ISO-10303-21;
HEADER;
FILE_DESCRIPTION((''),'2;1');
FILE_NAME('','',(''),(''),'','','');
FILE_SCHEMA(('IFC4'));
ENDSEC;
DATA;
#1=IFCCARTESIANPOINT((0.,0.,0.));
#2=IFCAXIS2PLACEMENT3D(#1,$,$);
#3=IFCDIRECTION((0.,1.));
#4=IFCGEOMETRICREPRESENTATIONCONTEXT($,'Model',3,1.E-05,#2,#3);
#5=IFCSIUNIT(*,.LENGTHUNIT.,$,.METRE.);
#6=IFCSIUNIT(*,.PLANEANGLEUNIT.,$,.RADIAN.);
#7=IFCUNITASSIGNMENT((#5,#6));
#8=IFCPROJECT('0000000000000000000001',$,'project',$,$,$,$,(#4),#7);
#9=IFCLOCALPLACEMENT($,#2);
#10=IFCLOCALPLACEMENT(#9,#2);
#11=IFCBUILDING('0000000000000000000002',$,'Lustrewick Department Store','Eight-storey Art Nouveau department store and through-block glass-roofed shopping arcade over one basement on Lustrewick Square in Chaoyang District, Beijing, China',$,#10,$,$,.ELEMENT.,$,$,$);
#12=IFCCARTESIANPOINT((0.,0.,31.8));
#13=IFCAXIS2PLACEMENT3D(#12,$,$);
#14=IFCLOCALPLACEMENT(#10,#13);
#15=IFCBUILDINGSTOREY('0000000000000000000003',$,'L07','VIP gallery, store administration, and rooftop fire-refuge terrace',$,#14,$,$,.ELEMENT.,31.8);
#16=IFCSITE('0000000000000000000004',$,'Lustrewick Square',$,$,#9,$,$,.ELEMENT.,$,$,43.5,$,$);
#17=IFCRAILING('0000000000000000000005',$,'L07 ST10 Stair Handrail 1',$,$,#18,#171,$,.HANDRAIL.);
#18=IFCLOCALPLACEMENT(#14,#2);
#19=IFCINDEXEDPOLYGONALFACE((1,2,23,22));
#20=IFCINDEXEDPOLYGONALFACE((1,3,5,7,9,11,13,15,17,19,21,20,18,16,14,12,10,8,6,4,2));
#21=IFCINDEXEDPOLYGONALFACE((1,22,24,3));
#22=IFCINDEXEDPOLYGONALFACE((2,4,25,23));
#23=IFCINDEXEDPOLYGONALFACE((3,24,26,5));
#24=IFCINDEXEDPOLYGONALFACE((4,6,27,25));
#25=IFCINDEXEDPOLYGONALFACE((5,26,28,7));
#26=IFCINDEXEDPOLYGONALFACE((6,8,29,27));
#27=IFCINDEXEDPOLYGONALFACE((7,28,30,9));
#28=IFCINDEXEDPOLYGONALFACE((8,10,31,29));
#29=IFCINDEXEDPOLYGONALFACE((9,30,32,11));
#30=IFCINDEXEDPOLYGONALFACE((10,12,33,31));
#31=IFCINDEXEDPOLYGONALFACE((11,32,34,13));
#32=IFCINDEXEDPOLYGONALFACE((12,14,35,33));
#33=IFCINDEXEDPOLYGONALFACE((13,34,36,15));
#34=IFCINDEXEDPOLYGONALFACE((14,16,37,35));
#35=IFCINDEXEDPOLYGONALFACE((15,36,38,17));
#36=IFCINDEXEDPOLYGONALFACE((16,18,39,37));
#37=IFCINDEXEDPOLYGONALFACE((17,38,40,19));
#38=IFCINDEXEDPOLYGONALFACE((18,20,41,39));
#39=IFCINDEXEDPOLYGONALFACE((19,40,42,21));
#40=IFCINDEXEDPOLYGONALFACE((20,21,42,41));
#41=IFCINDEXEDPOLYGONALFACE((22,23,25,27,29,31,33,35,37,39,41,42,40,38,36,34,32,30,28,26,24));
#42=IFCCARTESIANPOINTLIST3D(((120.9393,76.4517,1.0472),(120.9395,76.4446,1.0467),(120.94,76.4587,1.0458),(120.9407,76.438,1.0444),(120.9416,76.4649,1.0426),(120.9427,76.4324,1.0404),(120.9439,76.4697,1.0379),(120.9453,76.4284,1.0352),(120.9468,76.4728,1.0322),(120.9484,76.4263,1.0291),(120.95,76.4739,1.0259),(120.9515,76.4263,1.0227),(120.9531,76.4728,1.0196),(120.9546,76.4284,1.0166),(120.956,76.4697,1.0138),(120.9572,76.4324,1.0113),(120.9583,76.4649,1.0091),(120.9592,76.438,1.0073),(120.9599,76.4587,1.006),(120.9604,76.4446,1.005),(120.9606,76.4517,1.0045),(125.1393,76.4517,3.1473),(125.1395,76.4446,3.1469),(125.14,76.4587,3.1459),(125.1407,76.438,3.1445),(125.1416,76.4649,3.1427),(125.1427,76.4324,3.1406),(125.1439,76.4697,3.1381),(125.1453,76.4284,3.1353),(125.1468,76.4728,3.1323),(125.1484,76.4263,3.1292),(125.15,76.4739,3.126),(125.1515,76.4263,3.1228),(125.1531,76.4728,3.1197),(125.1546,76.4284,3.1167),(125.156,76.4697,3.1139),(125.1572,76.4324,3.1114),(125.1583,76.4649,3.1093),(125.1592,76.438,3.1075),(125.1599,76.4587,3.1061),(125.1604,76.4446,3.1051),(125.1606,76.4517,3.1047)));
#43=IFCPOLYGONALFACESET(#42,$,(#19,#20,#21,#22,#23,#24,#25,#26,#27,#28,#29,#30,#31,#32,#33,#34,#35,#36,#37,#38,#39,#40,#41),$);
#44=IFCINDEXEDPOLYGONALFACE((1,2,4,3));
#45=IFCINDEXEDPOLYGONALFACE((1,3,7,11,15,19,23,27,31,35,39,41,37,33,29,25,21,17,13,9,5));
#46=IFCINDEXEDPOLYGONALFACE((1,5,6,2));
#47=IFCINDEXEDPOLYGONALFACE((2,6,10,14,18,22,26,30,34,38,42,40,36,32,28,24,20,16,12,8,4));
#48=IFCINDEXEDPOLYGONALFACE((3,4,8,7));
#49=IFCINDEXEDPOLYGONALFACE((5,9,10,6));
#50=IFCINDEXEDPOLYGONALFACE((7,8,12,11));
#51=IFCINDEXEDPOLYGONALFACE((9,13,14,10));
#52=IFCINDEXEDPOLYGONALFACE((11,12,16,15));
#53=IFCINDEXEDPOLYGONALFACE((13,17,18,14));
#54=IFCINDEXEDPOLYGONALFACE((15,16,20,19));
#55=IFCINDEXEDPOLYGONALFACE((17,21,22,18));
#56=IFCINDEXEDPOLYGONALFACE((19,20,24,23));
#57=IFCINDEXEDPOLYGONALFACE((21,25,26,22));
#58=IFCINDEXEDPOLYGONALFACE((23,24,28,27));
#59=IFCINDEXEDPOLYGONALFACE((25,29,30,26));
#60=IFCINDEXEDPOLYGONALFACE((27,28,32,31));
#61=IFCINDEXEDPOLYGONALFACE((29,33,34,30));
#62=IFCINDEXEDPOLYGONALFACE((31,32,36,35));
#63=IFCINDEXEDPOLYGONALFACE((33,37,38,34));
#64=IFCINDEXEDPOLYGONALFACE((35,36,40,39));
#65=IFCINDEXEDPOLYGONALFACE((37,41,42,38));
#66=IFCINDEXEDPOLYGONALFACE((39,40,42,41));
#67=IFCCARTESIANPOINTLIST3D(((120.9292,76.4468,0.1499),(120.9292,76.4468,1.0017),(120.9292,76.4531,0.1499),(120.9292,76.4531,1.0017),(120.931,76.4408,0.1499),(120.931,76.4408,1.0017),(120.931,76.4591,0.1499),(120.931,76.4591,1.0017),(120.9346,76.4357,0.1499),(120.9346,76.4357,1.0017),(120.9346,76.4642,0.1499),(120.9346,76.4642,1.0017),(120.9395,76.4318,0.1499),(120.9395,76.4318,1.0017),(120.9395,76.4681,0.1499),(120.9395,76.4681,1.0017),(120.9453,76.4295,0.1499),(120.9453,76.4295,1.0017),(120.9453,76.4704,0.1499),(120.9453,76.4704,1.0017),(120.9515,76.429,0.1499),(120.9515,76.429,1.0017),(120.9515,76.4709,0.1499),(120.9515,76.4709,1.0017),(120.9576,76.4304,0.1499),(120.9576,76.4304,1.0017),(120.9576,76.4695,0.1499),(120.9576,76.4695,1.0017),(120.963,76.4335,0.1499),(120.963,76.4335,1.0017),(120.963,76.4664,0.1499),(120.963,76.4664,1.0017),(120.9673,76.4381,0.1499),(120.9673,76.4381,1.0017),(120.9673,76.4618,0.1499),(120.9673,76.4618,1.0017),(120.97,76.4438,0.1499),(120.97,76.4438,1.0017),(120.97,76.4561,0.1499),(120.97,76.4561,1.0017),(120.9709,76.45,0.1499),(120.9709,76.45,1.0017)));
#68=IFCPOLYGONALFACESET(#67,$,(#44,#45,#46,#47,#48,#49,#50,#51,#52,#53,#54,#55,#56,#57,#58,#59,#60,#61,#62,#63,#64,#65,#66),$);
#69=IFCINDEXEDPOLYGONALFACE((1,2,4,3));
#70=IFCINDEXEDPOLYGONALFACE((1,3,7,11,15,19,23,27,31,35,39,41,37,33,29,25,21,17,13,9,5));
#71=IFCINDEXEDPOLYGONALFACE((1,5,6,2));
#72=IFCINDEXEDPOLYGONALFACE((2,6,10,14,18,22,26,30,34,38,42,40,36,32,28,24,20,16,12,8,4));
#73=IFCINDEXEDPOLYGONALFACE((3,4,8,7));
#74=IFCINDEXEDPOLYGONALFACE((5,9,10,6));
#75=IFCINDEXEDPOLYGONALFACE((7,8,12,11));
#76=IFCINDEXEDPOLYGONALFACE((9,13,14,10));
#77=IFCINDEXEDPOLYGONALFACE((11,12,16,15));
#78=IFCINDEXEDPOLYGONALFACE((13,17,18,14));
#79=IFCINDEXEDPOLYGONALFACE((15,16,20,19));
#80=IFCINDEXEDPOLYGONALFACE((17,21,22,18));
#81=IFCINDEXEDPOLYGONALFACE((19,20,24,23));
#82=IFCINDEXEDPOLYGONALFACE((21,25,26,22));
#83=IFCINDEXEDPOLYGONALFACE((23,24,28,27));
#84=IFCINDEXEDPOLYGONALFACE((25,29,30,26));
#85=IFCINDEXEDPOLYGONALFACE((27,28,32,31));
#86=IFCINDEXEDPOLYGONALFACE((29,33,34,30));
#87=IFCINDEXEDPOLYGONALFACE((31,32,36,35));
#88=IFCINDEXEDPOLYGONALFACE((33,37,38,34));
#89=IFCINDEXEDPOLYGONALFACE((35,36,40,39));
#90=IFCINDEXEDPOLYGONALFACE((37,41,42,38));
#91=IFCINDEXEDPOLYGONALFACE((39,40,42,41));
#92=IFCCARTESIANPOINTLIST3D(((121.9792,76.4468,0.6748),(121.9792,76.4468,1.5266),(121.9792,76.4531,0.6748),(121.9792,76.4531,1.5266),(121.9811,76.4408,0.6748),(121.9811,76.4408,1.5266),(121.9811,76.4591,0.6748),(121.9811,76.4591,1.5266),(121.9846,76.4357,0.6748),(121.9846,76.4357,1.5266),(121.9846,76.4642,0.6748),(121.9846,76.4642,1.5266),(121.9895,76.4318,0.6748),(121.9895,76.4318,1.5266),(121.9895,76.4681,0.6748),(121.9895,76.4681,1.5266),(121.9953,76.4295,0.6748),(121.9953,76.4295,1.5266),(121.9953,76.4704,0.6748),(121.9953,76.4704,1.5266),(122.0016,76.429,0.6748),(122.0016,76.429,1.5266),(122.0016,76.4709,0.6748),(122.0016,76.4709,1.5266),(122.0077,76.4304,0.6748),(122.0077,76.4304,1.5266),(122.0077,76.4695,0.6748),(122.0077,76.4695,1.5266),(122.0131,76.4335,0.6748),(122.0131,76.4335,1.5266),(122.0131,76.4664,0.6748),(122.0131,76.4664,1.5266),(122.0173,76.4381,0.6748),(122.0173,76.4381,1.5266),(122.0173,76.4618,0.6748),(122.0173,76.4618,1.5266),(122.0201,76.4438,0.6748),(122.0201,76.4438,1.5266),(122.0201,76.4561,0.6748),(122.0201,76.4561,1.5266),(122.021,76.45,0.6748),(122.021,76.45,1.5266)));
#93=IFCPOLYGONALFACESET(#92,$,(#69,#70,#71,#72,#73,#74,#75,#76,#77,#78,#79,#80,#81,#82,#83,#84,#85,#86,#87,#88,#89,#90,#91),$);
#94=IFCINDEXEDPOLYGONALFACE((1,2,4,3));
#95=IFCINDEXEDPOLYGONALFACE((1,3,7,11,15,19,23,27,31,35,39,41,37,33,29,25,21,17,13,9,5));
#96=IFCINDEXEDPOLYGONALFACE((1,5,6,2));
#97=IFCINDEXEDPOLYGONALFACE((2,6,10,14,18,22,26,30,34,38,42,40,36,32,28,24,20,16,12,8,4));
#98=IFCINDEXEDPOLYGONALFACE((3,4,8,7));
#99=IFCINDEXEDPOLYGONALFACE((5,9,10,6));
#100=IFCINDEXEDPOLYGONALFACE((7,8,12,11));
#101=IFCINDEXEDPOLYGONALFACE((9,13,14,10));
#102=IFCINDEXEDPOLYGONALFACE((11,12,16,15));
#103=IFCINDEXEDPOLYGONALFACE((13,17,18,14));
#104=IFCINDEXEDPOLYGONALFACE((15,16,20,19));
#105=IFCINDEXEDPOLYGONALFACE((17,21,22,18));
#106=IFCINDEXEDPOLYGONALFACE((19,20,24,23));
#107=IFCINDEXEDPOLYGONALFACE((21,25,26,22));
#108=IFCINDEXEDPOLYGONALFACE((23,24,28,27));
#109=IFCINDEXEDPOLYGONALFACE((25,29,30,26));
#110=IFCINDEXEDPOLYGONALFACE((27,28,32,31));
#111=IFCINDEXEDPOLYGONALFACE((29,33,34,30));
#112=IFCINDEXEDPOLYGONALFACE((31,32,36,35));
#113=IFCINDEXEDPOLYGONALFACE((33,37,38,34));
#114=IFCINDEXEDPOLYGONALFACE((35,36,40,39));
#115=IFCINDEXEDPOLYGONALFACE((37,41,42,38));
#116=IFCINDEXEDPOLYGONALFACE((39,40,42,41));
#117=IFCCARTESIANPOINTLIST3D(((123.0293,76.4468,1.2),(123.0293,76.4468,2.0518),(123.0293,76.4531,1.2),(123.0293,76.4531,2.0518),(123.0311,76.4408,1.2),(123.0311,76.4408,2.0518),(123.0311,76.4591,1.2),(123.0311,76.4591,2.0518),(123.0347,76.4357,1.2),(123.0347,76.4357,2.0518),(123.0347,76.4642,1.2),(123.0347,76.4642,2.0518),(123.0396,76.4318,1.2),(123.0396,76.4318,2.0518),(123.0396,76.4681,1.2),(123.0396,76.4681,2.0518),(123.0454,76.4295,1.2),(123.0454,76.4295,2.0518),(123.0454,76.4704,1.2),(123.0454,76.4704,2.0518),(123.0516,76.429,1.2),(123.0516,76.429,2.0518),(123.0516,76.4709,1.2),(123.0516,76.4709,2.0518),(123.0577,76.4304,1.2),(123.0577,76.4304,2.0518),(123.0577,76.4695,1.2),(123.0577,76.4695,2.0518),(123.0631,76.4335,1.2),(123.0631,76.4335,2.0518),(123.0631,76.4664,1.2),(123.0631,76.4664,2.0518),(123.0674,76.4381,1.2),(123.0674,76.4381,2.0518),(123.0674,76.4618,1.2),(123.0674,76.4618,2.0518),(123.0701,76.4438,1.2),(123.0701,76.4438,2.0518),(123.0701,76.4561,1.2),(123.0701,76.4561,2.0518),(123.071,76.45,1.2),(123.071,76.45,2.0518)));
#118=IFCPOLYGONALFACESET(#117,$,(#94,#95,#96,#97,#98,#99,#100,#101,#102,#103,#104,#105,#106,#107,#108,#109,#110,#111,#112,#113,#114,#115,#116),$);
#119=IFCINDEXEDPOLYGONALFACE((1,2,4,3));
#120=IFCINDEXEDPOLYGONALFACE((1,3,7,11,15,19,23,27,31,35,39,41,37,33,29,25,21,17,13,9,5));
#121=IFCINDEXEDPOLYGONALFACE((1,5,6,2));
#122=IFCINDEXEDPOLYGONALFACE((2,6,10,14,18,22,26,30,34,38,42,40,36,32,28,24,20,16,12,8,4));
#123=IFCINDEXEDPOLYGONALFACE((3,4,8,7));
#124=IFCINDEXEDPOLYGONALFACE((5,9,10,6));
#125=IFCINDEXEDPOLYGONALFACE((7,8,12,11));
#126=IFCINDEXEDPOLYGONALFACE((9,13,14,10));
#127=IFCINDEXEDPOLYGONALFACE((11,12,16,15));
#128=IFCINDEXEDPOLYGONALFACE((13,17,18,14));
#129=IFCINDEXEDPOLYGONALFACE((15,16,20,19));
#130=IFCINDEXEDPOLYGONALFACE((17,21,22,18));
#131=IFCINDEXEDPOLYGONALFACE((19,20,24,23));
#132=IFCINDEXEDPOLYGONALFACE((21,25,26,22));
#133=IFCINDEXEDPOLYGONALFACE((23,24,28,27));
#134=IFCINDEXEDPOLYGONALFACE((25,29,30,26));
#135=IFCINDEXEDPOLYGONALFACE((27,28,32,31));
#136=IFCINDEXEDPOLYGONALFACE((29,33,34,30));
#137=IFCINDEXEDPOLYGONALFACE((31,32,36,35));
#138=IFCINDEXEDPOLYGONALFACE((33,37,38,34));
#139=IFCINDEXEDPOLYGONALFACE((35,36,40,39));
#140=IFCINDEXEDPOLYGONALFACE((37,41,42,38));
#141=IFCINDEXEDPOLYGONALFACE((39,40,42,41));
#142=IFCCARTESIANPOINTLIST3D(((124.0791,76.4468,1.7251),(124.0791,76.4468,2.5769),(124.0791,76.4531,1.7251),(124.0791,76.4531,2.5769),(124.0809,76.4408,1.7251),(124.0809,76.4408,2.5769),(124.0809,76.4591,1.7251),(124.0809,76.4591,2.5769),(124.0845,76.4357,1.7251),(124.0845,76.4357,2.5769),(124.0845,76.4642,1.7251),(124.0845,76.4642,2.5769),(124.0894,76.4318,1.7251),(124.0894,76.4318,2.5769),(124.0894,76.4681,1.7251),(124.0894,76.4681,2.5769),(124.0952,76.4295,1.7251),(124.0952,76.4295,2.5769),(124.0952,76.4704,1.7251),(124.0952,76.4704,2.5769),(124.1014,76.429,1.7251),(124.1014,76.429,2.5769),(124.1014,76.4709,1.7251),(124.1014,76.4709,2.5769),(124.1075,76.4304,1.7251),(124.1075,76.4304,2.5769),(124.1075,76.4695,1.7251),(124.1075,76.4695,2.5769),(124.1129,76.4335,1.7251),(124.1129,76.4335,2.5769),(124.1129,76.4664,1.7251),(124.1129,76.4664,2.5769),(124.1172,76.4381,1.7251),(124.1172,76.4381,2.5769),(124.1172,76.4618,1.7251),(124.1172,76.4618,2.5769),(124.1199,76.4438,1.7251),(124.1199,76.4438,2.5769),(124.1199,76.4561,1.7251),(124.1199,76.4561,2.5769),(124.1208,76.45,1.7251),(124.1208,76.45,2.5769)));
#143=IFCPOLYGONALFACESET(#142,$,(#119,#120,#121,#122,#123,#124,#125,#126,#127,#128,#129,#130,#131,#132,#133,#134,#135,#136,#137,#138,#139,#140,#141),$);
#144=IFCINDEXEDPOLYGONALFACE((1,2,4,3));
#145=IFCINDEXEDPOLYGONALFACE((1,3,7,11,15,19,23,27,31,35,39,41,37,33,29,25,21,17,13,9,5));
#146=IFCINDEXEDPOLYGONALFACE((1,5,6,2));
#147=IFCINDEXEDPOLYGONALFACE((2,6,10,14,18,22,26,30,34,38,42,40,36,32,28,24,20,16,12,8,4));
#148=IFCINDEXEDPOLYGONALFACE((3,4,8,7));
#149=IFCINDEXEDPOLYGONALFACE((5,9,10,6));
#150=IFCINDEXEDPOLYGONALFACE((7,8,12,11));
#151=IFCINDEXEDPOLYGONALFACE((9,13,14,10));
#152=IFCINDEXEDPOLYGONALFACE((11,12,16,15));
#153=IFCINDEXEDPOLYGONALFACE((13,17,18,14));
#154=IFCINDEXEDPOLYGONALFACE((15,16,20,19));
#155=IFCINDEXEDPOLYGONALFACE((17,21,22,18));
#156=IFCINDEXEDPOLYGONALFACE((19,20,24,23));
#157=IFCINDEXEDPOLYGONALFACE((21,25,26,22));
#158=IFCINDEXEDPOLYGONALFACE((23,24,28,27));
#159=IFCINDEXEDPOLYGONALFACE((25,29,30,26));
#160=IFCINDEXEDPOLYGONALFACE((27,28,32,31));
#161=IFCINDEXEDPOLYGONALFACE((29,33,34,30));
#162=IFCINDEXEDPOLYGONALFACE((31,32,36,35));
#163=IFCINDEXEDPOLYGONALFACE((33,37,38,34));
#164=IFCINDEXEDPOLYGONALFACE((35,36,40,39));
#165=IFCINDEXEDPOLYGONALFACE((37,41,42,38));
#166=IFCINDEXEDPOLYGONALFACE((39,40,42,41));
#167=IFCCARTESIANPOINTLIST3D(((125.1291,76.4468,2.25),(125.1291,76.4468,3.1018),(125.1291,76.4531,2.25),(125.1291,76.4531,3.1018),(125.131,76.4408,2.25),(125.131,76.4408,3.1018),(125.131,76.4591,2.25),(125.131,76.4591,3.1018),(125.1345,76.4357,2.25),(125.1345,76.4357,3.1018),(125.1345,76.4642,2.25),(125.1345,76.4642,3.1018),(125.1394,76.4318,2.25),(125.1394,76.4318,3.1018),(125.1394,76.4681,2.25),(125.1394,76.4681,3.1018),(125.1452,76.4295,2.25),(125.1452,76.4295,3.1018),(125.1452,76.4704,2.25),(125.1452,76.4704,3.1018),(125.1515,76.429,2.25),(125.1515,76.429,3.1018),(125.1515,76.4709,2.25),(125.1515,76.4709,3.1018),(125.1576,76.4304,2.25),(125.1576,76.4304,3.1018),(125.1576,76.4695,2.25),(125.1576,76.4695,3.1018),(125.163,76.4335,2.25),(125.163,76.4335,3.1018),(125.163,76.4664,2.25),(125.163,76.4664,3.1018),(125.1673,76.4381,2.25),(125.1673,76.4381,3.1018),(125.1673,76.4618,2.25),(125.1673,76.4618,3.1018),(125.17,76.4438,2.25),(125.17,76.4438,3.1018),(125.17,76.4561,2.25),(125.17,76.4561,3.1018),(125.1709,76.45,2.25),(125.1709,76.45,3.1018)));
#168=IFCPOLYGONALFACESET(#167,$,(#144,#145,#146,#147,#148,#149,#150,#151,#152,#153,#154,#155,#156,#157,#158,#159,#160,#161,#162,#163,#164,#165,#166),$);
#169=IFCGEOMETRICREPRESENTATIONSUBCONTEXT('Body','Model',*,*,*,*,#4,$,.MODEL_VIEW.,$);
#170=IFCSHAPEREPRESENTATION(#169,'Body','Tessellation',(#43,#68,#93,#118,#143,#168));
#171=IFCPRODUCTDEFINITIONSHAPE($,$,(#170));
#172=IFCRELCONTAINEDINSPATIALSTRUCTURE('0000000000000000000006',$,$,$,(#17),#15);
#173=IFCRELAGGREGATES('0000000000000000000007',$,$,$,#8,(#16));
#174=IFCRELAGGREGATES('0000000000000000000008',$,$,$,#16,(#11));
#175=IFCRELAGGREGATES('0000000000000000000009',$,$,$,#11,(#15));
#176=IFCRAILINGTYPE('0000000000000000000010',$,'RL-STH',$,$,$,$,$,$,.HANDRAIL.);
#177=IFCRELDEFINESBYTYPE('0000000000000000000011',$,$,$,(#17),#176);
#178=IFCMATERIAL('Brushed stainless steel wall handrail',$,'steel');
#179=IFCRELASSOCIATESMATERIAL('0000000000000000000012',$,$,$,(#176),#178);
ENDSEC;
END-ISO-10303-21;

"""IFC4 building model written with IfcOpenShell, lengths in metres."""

from ifc_helpers import new_model, si_unit, direction, frame, origin, origin_2d, place, context, subcontext, project, spatial, circle, extrude, material, type_object, element, save


model = new_model("IFC4")

# Units and contexts
model_context = context("Model", 3, precision=1e-05, world=origin(), true_north=direction((0.0, 1.0)))
body_context = subcontext(model_context, "Body", "Model", "MODEL_VIEW")
ifc_project = project(units=[si_unit("LENGTHUNIT", "METRE"), si_unit("PLANEANGLEUNIT", "RADIAN")], contexts=[model_context])

# Site, building, storey
site_placement = place(None, origin())
site = spatial("IfcSite", under=ifc_project, at=site_placement, Name="Lustrewick Square", CompositionType="ELEMENT", RefElevation=43.5)
building_placement = place(site_placement, origin())
building = spatial("IfcBuilding", under=site, at=building_placement, Name="Lustrewick Department Store", Description="Eight-storey Art Nouveau department store and through-block glass-roofed shopping arcade over one basement on Lustrewick Square in Chaoyang District, Beijing, China", CompositionType="ELEMENT")
storey_placement = place(building_placement, frame((0.0, 0.0, 31.8)))
storey = spatial("IfcBuildingStorey", under=building, at=storey_placement, Name="L07", Description="VIP gallery, store administration, and rooftop fire-refuge terrace", CompositionType="ELEMENT", Elevation=31.8)

# Railing
ifc_material_1 = material(Name="Brushed stainless steel wall handrail", Category="steel")
railing_type_1 = type_object("IfcRailingType", Name="RL-STH", PredefinedType="HANDRAIL", material=ifc_material_1)
railing_1_placement = place(storey_placement, frame((120.95, 76.45, 0.1499)))
element("IfcRailing", 1, at=railing_1_placement, inside=storey, type_object=railing_type_1, Name="L07 ST10 Stair Handrail 1", PredefinedType="HANDRAIL", context=body_context, shape_type="SweptSolid", body=[
    extrude(circle(Radius=0.0239, at=origin_2d()), frame((0.0, 0.0, 0.876), z_axis=(0.894417, 0.0, 0.447234), x_axis=(0.0, 1.0, 0.0)), (0.0, 0.0, 1.0), 4.6958),
    extrude(circle(Radius=0.021, at=origin_2d()), origin(), (0.0, 0.0, 1.0), 0.8518),
    extrude(circle(Radius=0.021, at=origin_2d()), frame((1.05, 0.0, 0.5249)), (0.0, 0.0, 1.0), 0.8518),
    extrude(circle(Radius=0.021, at=origin_2d()), frame((2.1001, 0.0, 1.05)), (0.0, 0.0, 1.0), 0.8518),
    extrude(circle(Radius=0.021, at=origin_2d()), frame((3.1499, 0.0, 1.5752)), (0.0, 0.0, 1.0), 0.8518),
    extrude(circle(Radius=0.021, at=origin_2d()), frame((4.2, 0.0, 2.1001)), (0.0, 0.0, 1.0), 0.8518),
])

save(model, "model.ifc")
